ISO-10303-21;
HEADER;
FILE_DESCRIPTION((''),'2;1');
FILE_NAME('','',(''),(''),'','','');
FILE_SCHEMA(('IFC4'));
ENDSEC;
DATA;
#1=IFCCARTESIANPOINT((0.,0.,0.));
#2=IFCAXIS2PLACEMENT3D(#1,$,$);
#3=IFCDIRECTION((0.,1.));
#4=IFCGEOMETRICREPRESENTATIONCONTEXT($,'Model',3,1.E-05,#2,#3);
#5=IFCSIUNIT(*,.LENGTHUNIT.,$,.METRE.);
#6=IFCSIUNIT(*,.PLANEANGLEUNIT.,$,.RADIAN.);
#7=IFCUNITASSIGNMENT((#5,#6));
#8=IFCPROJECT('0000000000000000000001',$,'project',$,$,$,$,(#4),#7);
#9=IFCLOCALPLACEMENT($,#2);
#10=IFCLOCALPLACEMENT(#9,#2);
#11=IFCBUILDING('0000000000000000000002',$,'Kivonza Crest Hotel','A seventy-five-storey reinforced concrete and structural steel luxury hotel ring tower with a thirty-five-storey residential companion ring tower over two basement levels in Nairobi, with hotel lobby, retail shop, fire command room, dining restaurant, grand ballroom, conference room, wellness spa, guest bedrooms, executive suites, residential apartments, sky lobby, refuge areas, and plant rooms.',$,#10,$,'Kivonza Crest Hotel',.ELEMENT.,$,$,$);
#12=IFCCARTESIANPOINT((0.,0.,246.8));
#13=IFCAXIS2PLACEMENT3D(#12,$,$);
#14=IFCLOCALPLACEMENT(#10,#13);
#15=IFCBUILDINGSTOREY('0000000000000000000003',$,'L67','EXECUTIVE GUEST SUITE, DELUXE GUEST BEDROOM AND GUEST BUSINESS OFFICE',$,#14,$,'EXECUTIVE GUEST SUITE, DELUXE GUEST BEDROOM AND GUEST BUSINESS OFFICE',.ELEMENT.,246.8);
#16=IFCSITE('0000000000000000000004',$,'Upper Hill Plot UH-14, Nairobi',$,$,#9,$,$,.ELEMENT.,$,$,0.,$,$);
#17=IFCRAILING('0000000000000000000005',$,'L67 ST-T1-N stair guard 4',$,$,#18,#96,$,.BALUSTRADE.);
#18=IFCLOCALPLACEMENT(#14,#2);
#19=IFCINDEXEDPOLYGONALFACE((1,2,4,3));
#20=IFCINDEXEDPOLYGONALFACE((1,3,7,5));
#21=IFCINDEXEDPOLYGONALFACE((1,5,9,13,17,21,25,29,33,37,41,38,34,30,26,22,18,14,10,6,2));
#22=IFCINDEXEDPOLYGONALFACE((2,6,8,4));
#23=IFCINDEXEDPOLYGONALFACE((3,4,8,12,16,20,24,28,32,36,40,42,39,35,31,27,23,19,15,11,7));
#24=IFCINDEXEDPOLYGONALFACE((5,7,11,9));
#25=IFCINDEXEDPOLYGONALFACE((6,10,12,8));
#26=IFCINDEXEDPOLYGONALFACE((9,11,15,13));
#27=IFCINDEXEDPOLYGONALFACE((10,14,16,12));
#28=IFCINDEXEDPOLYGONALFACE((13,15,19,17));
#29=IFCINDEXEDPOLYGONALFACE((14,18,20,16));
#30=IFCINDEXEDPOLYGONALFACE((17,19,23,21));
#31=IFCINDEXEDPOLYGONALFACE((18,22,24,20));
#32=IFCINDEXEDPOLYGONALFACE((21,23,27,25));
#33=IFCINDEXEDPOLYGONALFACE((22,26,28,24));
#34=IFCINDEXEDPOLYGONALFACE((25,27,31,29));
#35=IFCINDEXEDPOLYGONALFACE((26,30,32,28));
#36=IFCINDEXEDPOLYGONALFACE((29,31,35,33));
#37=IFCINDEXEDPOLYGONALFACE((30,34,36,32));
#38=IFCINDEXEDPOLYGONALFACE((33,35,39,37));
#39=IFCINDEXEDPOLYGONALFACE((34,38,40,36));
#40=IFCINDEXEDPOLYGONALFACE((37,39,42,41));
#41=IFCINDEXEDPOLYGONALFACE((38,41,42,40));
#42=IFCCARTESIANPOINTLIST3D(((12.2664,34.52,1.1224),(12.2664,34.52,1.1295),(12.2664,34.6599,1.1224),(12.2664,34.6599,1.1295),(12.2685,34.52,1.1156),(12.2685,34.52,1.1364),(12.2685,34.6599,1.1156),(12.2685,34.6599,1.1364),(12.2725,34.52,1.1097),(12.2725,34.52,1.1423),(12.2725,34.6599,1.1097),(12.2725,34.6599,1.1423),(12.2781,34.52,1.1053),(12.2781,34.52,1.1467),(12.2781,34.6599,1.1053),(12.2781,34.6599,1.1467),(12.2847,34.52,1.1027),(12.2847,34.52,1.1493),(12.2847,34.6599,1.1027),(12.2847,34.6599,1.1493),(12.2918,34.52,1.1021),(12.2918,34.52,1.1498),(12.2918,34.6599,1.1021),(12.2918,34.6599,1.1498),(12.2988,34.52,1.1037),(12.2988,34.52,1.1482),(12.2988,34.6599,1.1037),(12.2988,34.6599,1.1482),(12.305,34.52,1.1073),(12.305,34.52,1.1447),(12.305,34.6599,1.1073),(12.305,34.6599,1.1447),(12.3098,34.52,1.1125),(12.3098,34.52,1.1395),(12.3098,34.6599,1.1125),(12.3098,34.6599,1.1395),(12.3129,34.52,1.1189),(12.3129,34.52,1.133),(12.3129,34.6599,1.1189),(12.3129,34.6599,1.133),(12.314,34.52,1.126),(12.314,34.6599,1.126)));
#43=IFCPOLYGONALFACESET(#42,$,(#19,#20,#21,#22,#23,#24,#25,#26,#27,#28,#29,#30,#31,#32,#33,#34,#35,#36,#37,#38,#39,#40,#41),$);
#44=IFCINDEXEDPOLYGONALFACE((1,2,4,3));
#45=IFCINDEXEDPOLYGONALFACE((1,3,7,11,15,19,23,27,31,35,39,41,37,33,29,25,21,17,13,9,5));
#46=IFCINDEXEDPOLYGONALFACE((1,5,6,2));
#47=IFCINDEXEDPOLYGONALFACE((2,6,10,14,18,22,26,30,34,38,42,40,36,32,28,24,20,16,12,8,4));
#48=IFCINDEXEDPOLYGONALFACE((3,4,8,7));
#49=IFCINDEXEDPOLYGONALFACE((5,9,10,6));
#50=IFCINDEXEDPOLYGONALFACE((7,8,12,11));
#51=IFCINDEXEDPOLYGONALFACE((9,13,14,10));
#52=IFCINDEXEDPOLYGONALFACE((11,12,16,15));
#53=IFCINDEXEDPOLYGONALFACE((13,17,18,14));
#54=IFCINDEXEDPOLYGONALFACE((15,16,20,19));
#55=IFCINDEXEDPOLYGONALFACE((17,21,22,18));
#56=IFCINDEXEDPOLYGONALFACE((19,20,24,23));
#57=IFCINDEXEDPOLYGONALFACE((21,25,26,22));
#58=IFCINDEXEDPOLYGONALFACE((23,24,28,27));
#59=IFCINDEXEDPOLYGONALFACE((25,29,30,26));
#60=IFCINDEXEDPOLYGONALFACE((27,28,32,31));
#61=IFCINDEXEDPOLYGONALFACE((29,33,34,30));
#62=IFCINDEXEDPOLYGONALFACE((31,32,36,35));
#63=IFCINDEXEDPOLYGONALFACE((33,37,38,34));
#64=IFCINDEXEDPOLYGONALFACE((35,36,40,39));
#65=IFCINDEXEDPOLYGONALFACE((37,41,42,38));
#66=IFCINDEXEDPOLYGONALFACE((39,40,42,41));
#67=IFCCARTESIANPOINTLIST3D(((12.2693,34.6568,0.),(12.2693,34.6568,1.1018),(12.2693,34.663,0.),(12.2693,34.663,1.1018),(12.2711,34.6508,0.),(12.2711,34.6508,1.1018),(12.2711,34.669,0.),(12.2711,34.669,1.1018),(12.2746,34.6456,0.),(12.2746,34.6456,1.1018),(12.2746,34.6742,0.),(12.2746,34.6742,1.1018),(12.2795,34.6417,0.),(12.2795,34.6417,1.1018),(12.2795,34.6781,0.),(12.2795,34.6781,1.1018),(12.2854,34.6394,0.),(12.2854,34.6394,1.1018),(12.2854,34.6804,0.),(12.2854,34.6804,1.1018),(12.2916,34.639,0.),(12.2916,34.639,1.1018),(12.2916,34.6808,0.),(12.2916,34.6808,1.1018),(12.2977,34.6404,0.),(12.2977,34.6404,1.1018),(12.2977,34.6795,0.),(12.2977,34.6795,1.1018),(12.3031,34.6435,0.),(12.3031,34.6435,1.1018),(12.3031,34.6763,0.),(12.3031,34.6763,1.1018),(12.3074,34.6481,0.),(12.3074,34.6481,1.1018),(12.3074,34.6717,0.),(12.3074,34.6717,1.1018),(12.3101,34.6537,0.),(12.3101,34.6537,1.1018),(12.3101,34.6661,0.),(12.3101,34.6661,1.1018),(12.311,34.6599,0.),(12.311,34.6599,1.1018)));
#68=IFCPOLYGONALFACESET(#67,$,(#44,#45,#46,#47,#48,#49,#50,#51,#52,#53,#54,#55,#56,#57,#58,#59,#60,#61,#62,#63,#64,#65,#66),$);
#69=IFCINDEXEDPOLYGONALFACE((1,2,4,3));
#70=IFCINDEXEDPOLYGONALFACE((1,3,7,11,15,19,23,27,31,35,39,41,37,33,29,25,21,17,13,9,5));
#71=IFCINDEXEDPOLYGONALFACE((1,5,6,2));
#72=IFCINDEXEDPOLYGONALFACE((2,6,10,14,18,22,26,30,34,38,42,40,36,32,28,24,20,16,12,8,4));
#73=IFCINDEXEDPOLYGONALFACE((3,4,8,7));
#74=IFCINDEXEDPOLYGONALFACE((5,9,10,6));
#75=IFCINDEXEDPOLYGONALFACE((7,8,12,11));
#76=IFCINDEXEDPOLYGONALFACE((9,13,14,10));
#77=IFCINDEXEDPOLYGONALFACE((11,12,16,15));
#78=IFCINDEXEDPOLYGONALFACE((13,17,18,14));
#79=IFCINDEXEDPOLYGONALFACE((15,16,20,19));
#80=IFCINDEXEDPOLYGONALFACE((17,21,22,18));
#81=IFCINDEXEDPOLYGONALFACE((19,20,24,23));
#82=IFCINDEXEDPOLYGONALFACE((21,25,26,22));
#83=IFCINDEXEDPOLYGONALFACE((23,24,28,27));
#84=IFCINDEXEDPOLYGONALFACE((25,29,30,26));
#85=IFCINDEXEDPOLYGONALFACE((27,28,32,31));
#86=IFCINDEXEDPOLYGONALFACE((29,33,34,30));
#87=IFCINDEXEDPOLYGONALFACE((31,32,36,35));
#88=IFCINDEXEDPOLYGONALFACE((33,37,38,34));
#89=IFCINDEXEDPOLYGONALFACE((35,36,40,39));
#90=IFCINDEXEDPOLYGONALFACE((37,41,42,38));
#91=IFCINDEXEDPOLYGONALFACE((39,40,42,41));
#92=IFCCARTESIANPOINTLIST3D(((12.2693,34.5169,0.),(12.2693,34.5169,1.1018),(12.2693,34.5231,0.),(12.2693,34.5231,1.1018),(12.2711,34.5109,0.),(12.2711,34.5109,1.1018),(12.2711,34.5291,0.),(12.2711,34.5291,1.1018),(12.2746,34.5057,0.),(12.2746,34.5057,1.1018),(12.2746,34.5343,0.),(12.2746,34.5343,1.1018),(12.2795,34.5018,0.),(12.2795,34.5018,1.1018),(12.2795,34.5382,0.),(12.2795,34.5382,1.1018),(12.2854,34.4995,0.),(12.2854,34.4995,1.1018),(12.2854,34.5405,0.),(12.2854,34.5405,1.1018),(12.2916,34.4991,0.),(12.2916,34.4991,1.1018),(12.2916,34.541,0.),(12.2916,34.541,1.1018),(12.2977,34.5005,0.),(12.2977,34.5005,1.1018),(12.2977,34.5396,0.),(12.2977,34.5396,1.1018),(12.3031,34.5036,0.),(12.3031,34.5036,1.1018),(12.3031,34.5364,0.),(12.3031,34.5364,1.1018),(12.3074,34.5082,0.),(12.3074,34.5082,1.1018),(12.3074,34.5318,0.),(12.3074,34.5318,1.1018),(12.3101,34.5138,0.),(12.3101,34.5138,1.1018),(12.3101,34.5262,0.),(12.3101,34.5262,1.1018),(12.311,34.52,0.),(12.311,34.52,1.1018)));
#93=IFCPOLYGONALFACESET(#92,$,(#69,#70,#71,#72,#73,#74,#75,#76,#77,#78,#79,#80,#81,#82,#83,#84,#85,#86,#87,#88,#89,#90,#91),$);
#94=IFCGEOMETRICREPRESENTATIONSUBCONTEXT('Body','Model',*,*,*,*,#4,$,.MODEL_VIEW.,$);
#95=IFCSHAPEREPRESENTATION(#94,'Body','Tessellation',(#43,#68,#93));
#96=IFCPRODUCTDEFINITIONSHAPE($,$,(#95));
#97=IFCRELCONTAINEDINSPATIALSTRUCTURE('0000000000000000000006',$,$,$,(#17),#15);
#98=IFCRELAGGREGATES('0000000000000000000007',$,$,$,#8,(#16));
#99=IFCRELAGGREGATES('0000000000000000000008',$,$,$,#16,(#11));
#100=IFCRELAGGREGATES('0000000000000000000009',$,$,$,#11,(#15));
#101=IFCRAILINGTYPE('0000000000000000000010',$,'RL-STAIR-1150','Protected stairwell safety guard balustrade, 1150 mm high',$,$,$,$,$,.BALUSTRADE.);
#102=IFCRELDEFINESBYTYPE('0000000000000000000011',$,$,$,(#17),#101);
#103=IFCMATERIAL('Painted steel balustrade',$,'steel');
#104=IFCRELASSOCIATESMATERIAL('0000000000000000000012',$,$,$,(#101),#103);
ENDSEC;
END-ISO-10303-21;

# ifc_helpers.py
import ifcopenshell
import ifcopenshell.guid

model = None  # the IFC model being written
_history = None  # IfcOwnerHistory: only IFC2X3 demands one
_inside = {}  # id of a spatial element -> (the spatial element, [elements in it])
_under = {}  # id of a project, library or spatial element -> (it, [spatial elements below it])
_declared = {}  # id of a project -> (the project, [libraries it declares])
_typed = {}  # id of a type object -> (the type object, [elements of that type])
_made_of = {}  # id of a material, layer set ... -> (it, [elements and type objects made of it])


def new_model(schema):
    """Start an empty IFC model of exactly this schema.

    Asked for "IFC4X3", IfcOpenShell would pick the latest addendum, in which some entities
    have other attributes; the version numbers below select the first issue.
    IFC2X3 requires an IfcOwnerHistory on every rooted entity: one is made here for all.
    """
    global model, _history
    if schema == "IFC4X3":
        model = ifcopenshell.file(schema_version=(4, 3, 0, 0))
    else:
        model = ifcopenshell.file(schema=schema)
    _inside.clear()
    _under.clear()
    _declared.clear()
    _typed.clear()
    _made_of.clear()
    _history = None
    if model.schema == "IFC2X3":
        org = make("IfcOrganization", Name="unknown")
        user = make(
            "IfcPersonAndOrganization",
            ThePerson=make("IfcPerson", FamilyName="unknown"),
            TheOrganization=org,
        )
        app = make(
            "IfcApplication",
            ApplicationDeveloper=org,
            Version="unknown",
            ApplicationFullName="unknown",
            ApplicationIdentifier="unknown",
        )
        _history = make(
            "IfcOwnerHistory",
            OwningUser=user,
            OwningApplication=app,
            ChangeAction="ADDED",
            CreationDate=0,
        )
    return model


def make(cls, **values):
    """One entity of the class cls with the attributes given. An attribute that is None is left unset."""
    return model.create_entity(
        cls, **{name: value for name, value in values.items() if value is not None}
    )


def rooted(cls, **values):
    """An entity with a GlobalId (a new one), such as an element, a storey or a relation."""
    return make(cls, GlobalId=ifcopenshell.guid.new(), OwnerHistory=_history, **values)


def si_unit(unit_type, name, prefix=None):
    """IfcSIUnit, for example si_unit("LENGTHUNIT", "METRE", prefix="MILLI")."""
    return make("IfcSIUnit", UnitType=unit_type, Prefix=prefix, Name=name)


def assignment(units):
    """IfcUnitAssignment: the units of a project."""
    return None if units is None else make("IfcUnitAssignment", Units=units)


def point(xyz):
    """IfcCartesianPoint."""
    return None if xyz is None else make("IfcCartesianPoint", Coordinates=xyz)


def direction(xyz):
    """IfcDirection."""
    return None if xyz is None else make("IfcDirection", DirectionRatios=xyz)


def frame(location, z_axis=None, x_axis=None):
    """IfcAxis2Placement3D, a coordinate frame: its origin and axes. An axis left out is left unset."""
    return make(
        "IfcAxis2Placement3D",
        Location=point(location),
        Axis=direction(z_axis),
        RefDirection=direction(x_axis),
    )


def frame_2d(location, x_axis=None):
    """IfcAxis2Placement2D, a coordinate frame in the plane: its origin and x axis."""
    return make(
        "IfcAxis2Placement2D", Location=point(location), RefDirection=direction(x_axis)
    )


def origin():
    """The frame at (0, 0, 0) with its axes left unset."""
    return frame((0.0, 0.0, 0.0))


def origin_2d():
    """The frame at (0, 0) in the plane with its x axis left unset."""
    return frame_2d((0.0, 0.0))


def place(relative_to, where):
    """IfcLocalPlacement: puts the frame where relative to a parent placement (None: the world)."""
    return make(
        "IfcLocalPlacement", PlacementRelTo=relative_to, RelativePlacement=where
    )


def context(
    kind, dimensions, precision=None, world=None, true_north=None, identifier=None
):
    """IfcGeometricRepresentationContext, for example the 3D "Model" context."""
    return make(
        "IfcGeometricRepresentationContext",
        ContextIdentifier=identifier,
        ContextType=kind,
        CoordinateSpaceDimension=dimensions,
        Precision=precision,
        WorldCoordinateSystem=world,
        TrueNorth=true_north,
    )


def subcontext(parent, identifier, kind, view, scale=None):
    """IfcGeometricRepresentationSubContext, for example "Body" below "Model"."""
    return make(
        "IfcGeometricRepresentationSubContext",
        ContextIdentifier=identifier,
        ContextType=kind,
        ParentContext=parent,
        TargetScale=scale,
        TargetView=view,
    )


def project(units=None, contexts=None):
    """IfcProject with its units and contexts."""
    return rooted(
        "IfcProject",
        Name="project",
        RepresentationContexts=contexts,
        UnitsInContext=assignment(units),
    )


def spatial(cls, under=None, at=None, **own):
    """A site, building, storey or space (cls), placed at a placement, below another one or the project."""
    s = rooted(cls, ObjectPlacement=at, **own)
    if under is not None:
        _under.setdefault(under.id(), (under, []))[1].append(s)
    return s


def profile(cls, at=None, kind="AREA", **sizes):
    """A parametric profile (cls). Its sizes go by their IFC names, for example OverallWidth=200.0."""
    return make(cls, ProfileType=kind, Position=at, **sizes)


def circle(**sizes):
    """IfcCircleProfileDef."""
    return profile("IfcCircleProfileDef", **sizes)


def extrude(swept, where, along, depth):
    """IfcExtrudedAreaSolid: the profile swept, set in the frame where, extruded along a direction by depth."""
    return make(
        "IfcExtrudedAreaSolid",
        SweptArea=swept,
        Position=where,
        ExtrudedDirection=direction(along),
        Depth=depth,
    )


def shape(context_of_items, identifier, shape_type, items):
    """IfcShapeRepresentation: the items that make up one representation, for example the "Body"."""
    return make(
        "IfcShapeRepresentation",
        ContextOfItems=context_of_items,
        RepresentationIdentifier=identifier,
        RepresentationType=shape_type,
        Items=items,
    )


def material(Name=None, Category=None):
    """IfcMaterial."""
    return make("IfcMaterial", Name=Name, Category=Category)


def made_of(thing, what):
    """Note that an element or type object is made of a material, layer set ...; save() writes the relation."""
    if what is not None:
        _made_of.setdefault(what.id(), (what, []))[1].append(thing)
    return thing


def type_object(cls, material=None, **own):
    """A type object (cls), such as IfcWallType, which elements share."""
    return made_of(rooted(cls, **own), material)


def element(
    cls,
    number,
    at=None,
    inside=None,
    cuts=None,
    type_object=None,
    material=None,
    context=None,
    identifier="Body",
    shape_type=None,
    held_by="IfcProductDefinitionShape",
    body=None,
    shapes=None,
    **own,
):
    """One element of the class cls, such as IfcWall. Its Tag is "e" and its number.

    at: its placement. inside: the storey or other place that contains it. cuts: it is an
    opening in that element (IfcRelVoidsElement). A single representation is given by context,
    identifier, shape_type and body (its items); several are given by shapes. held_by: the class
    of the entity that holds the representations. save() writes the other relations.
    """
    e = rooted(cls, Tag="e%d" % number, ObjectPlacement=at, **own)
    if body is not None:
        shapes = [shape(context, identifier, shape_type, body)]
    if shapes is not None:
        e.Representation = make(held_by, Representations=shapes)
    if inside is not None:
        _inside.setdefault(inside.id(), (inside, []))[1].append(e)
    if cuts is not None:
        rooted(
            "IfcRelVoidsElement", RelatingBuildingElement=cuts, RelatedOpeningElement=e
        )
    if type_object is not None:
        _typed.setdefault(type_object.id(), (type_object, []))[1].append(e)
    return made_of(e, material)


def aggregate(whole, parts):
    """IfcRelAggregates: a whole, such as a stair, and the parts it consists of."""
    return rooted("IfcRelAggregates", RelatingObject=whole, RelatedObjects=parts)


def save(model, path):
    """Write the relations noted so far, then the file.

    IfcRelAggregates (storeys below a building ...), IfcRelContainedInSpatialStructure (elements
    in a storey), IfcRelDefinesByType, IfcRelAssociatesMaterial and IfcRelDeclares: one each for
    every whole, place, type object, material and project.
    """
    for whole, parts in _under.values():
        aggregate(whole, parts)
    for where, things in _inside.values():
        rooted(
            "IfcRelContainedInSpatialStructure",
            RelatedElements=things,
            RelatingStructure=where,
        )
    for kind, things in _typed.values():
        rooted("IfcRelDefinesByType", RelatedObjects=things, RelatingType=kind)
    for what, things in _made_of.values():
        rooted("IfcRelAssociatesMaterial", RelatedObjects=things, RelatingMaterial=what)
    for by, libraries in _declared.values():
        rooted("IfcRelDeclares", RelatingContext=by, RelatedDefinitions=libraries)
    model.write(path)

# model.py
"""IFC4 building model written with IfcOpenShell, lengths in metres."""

from ifc_helpers import new_model, si_unit, direction, frame, origin, origin_2d, place, context, subcontext, project, spatial, circle, extrude, material, type_object, element, save


model = new_model("IFC4")

# Units and contexts
model_context = context("Model", 3, precision=1e-05, world=origin(), true_north=direction((0.0, 1.0)))
body_context = subcontext(model_context, "Body", "Model", "MODEL_VIEW")
ifc_project = project(units=[si_unit("LENGTHUNIT", "METRE"), si_unit("PLANEANGLEUNIT", "RADIAN")], contexts=[model_context])

# Site, building, storey
site_placement = place(None, origin())
site = spatial("IfcSite", under=ifc_project, at=site_placement, Name="Upper Hill Plot UH-14, Nairobi", CompositionType="ELEMENT", RefElevation=0.0)
building_placement = place(site_placement, origin())
building = spatial("IfcBuilding", under=site, at=building_placement, Name="Kivonza Crest Hotel", Description="A seventy-five-storey reinforced concrete and structural steel luxury hotel ring tower with a thirty-five-storey residential companion ring tower over two basement levels in Nairobi, with hotel lobby, retail shop, fire command room, dining restaurant, grand ballroom, conference room, wellness spa, guest bedrooms, executive suites, residential apartments, sky lobby, refuge areas, and plant rooms.", LongName="Kivonza Crest Hotel", CompositionType="ELEMENT")
storey_placement = place(building_placement, frame((0.0, 0.0, 246.8)))
storey = spatial("IfcBuildingStorey", under=building, at=storey_placement, Name="L67", Description="EXECUTIVE GUEST SUITE, DELUXE GUEST BEDROOM AND GUEST BUSINESS OFFICE", LongName="EXECUTIVE GUEST SUITE, DELUXE GUEST BEDROOM AND GUEST BUSINESS OFFICE", CompositionType="ELEMENT", Elevation=246.8)

# Railing
ifc_material_1 = material(Name="Painted steel balustrade", Category="steel")
railing_type_1 = type_object("IfcRailingType", Name="RL-STAIR-1150", Description="Protected stairwell safety guard balustrade, 1150 mm high", PredefinedType="BALUSTRADE", material=ifc_material_1)
railing_1_placement = place(storey_placement, frame((12.29, 34.6599, 0.0)))
element("IfcRailing", 1, at=railing_1_placement, inside=storey, type_object=railing_type_1, Name="L67 ST-T1-N stair guard 4", PredefinedType="BALUSTRADE", context=body_context, shape_type="SweptSolid", body=[
    extrude(circle(Radius=0.0239, at=origin_2d()), frame((0.0, 0.0, 1.126), z_axis=(0.0, -1.0, 0.0), x_axis=(1.0, 0.0, 0.0)), (0.0, 0.0, 1.0), 0.1399),
    extrude(circle(Radius=0.021, at=origin_2d()), origin(), (0.0, 0.0, 1.0), 1.1018),
    extrude(circle(Radius=0.021, at=origin_2d()), frame((0.0, -0.1399, 0.0)), (0.0, 0.0, 1.0), 1.1018),
])

save(model, "model.ifc")
